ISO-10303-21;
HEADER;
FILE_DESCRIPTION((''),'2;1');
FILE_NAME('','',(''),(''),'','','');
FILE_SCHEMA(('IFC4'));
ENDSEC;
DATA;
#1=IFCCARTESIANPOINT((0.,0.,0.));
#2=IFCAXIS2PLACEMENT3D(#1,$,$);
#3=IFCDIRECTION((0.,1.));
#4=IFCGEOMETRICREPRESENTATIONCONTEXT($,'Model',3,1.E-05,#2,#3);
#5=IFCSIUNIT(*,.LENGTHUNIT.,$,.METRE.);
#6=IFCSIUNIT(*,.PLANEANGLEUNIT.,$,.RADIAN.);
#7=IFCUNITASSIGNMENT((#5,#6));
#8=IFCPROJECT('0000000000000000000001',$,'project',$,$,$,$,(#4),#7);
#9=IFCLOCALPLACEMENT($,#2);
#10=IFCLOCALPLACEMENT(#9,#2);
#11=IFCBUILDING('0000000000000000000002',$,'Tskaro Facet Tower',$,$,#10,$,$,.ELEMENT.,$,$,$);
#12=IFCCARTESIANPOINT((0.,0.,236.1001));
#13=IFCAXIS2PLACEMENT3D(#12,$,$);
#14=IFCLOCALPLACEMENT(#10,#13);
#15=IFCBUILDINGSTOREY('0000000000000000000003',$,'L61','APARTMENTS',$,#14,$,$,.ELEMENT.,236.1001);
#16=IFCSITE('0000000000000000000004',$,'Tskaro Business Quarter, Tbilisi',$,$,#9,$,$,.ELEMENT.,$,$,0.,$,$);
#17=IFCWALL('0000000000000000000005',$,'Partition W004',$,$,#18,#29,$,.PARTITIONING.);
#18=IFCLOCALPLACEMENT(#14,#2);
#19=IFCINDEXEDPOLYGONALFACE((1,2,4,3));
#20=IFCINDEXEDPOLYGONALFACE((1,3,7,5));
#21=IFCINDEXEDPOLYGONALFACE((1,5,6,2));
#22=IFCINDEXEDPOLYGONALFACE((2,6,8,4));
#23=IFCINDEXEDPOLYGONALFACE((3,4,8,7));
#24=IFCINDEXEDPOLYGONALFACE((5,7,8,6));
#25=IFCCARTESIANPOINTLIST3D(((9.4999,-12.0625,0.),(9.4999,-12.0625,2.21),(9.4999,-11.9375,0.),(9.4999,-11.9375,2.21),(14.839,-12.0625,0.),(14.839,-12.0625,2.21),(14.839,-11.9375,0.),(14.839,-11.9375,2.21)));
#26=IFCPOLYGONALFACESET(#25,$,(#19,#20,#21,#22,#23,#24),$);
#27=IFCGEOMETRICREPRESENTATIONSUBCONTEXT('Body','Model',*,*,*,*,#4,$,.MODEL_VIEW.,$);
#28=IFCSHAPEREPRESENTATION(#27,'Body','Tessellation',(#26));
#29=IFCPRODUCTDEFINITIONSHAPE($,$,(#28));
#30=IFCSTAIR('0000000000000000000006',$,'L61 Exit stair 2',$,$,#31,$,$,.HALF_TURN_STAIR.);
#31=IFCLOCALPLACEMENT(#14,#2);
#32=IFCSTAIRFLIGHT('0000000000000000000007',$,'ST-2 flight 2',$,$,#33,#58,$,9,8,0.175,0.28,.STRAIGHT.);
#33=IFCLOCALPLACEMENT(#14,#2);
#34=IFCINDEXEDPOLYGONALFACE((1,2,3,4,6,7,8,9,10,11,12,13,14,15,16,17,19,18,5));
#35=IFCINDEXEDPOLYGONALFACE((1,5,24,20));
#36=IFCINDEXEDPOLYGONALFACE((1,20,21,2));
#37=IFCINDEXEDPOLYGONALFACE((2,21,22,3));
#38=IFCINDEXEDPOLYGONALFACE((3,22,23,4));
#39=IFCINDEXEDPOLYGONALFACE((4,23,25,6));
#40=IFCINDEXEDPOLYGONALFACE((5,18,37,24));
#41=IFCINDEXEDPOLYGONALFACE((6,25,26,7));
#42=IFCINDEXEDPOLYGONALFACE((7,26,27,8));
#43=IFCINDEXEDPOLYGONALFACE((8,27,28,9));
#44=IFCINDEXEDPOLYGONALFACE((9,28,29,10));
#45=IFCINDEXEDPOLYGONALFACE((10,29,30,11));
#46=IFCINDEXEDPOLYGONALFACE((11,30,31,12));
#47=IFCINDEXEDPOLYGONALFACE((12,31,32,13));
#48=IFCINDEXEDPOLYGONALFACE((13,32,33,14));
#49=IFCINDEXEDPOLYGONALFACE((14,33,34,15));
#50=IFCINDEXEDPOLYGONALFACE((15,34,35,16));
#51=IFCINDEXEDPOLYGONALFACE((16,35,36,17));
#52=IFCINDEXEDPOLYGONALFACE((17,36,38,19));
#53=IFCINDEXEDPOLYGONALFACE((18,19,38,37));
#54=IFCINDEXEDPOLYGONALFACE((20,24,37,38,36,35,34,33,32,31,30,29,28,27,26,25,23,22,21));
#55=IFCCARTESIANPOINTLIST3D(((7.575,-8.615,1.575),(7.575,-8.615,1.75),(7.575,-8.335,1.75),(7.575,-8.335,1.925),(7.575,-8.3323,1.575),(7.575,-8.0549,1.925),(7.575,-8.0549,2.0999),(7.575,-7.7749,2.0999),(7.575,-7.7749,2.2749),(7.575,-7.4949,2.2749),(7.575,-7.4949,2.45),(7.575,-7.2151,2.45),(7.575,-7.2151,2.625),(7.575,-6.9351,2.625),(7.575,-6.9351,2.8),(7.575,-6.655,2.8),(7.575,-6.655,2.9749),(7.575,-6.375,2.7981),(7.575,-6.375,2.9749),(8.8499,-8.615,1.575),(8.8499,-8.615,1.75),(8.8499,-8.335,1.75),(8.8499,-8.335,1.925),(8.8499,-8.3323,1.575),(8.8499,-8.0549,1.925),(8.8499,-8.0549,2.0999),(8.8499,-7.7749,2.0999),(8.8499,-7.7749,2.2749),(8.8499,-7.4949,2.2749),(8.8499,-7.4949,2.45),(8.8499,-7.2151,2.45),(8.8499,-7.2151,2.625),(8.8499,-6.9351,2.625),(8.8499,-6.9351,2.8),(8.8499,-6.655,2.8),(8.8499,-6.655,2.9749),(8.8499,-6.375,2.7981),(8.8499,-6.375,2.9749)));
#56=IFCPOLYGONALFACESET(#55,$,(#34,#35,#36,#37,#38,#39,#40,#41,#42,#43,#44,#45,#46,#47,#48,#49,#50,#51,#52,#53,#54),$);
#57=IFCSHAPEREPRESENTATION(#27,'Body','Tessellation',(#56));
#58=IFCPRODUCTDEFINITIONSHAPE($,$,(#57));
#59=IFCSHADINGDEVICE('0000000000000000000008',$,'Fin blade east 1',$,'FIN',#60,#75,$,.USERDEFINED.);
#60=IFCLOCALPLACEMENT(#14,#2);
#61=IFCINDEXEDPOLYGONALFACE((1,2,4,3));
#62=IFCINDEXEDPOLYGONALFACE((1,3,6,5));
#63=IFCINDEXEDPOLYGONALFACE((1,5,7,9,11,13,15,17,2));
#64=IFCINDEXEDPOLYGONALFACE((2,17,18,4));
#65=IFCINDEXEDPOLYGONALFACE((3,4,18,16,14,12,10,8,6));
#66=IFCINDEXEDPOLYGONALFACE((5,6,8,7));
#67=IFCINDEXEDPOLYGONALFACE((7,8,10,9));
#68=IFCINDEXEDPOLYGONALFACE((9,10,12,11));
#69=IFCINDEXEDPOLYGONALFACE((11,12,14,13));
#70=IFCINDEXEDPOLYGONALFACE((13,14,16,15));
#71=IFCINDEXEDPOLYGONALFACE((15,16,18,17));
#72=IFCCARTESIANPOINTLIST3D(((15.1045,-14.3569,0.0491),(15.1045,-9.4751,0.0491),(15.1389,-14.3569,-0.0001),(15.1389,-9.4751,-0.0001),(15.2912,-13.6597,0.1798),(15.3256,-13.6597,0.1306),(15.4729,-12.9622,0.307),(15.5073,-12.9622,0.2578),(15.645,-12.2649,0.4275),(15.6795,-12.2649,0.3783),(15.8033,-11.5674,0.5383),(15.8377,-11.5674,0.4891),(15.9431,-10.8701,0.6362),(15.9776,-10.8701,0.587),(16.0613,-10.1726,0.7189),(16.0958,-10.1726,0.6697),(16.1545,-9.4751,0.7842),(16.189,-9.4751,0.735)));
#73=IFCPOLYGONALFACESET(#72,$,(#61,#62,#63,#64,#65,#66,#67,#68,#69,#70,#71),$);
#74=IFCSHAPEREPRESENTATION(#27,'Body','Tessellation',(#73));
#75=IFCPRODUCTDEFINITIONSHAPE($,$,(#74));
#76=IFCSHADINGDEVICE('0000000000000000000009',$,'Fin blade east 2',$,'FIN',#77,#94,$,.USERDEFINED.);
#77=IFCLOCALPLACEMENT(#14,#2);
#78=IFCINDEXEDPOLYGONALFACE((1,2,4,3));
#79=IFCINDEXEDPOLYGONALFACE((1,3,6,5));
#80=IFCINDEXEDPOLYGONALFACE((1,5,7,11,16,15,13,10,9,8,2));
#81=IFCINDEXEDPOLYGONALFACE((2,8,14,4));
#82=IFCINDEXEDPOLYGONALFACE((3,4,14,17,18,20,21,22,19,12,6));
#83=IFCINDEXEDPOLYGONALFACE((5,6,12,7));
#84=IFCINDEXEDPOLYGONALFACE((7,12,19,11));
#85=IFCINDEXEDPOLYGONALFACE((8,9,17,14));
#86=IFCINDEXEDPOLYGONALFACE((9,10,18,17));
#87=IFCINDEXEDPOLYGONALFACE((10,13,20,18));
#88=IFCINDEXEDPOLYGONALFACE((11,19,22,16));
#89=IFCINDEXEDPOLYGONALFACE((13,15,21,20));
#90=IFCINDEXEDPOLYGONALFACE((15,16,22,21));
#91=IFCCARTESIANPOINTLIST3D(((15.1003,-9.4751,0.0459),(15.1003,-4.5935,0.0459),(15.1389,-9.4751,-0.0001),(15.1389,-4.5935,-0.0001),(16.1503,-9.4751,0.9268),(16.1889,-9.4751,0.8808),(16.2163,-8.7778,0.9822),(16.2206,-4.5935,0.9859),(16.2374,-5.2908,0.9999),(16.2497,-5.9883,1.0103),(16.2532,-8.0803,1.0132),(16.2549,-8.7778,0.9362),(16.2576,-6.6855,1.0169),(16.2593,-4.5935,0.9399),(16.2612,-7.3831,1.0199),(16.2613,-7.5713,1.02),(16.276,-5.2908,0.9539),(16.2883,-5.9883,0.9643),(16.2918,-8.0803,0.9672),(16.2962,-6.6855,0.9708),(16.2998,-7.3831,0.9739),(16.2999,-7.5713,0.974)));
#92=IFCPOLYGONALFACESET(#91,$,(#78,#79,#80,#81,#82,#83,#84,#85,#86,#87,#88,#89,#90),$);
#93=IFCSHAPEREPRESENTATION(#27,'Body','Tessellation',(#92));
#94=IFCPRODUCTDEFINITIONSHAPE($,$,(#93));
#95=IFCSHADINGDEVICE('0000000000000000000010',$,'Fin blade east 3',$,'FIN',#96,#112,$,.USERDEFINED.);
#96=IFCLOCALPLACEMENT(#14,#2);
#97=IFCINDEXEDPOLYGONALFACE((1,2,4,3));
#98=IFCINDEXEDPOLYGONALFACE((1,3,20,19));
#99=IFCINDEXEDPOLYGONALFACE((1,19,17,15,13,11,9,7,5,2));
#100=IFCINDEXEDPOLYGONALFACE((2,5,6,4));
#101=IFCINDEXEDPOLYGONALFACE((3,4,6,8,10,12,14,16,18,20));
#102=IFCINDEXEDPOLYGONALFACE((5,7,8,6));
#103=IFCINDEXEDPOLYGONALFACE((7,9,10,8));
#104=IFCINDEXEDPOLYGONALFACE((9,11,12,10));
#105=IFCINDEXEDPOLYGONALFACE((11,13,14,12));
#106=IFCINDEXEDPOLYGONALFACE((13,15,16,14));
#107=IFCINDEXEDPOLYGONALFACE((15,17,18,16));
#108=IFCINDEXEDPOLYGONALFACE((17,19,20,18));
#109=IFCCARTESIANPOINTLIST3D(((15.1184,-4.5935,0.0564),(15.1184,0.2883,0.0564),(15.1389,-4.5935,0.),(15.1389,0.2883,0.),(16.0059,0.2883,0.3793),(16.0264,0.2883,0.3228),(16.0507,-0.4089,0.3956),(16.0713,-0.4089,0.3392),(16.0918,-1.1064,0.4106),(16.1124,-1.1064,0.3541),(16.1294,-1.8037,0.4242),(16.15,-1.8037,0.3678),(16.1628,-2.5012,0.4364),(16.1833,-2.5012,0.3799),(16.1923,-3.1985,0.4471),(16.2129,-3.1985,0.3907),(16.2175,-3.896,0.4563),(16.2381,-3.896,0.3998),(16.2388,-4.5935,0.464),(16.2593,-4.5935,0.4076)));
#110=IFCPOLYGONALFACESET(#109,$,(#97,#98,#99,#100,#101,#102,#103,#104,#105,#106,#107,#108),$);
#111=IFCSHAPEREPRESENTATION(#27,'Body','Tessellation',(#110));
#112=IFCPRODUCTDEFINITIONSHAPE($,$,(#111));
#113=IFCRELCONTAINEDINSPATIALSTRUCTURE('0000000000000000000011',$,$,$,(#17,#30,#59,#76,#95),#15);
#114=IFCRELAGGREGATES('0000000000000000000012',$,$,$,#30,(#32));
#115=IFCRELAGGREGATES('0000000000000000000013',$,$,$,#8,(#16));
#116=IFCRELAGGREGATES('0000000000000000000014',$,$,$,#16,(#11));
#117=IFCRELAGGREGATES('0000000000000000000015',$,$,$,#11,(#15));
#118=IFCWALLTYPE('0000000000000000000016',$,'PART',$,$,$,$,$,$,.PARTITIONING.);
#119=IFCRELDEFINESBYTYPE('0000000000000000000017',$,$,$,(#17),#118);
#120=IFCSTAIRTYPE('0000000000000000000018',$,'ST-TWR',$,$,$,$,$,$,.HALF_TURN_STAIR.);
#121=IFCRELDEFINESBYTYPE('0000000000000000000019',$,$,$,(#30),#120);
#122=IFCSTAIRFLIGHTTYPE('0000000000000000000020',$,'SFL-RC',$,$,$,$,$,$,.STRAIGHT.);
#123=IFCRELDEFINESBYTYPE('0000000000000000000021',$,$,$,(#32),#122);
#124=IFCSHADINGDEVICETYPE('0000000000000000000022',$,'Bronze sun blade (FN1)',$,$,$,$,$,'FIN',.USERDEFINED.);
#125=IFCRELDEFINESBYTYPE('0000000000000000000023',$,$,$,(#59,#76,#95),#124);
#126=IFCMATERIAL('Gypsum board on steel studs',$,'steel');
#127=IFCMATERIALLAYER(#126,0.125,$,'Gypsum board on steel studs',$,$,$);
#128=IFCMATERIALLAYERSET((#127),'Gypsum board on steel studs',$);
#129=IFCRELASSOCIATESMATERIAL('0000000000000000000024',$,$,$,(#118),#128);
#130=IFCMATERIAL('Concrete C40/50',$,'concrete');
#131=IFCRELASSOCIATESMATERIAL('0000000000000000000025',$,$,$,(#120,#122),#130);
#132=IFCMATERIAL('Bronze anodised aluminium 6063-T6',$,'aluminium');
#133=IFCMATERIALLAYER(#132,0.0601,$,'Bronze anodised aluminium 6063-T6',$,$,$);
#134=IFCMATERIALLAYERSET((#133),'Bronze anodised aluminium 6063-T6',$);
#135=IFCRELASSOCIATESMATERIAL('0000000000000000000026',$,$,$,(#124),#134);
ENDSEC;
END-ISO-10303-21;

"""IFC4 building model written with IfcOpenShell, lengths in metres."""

from ifc_helpers import new_model, si_unit, direction, frame, frame_2d, origin, place, context, subcontext, project, spatial, polyline, rectangle, outline, extrude, material, layer, layer_set, type_object, element, aggregate, save


model = new_model("IFC4")

# Units and contexts
model_context = context("Model", 3, precision=1e-05, world=origin(), true_north=direction((0.0, 1.0)))
body_context = subcontext(model_context, "Body", "Model", "MODEL_VIEW")
ifc_project = project(units=[si_unit("LENGTHUNIT", "METRE"), si_unit("PLANEANGLEUNIT", "RADIAN")], contexts=[model_context])

# Site, building, storey
site_placement = place(None, origin())
site = spatial("IfcSite", under=ifc_project, at=site_placement, Name="Tskaro Business Quarter, Tbilisi", CompositionType="ELEMENT", RefElevation=0.0)
building_placement = place(site_placement, origin())
building = spatial("IfcBuilding", under=site, at=building_placement, Name="Tskaro Facet Tower", CompositionType="ELEMENT")
storey_placement = place(building_placement, frame((0.0, 0.0, 236.1001)))
storey = spatial("IfcBuildingStorey", under=building, at=storey_placement, Name="L61", Description="APARTMENTS", CompositionType="ELEMENT", Elevation=236.1001)

# Shared definitions
ifc_material_1 = material(Name="Bronze anodised aluminium 6063-T6", Category="aluminium")

# Wall
ifc_material_2 = material(Name="Concrete C40/50", Category="concrete")
ifc_material_3 = material(Name="Gypsum board on steel studs", Category="steel")
ifc_layer_1 = layer(ifc_material_3, 0.125, Name="Gypsum board on steel studs")
ifc_layer_set_1 = layer_set([ifc_layer_1], Name="Gypsum board on steel studs")
wall_type_1 = type_object("IfcWallType", Name="PART", PredefinedType="PARTITIONING", material=ifc_layer_set_1)
wall_1_placement = place(storey_placement, frame((9.5, -12.0, 0.0), z_axis=(0.0, 0.0, 1.0), x_axis=(1.0, 0.0, 0.0)))
element("IfcWall", 1, at=wall_1_placement, inside=storey, type_object=wall_type_1, Name="Partition W004", PredefinedType="PARTITIONING", context=body_context, shape_type="SweptSolid", body=[
    extrude(rectangle(XDim=5.3391, YDim=0.125, at=frame_2d((2.6694, 0.0))), origin(), (0.0, 0.0, 1.0), 2.21),
])

# Stair, stair flight
stair_type = type_object("IfcStairType", Name="ST-TWR", PredefinedType="HALF_TURN_STAIR", material=ifc_material_2)
stair_placement = place(storey_placement, origin())
stair = element("IfcStair", 2, at=stair_placement, inside=storey, type_object=stair_type, Name="L61 Exit stair 2", PredefinedType="HALF_TURN_STAIR")
stair_flight_type = type_object("IfcStairFlightType", Name="SFL-RC", PredefinedType="STRAIGHT", material=ifc_material_2)
stair_flight_placement = place(storey_placement, frame((8.2124, -8.615, 1.575), z_axis=(0.0, 0.0, 1.0), x_axis=(0.0, 1.0, 0.0)))
stair_flight = element("IfcStairFlight", 3, at=stair_flight_placement, type_object=stair_flight_type, Name="ST-2 flight 2", NumberOfRisers=9, NumberOfTreads=8, PredefinedType="STRAIGHT", RiserHeight=0.175, TreadLength=0.28, context=body_context, shape_type="SweptSolid", body=[
    extrude(outline(polyline([(0.0, 0.0), (0.0, 0.175), (0.28, 0.175), (0.28, 0.3501), (0.5601, 0.3501), (0.5601, 0.5249), (0.8401, 0.5249), (0.8401, 0.7), (1.1201, 0.7), (1.1201, 0.875), (1.3999, 0.875), (1.3999, 1.05), (1.6799, 1.05), (1.6799, 1.2251), (1.96, 1.2251), (1.96, 1.3999), (2.24, 1.3999), (2.24, 1.575), (2.24, 1.2231), (0.2827, 0.0), (0.0, 0.0)])), frame((0.0, 0.6375, 0.0), z_axis=(0.0, -1.0, 0.0), x_axis=(1.0, 0.0, 0.0)), (0.0, 0.0, 1.0), 1.2749),
])
aggregate(stair, [stair_flight])

# Shading devices
ifc_layer_2 = layer(ifc_material_1, 0.0601, Name="Bronze anodised aluminium 6063-T6")
ifc_layer_set_2 = layer_set([ifc_layer_2], Name="Bronze anodised aluminium 6063-T6")
shading_device_type = type_object("IfcShadingDeviceType", Name="Bronze sun blade (FN1)", ElementType="FIN", PredefinedType="USERDEFINED", material=ifc_layer_set_2)
shading_device_1_placement = place(storey_placement, frame((15.1045, -14.3569, 0.0491), z_axis=(-0.573506, -0.000002, 0.819201), x_axis=(-0.000001, 1.0, 0.000002)))
element("IfcShadingDevice", 4, at=shading_device_1_placement, inside=storey, type_object=shading_device_type, Name="Fin blade east 1", ObjectType="FIN", PredefinedType="USERDEFINED", context=body_context, shape_type="SweptSolid", body=[
    extrude(outline(polyline([(0.0, 0.0), (4.8818, 0.0), (4.8818, -1.2818), (4.1843, -1.168), (3.4868, -1.0237), (2.7896, -0.853), (2.092, -0.6598), (1.3948, -0.4497), (0.6973, -0.2279), (0.0, 0.0)])), origin(), (0.0, 0.0, -1.0), 0.0601),
])
shading_device_2_placement = place(storey_placement, frame((15.1003, -9.4751, 0.0459), z_axis=(-0.642752, -0.000007, 0.766074), x_axis=(-0.000005, 1.0, 0.000005)))
element("IfcShadingDevice", 5, at=shading_device_2_placement, inside=storey, type_object=shading_device_type, Name="Fin blade east 2", ObjectType="FIN", PredefinedType="USERDEFINED", context=body_context, shape_type="SweptSolid", body=[
    extrude(outline(polyline([(0.0, 0.0), (4.8816, 0.0), (4.8816, -1.4624), (4.1843, -1.4842), (3.4868, -1.5004), (2.7896, -1.5106), (2.092, -1.5153), (1.9038, -1.5154), (1.3948, -1.5049), (0.6973, -1.4567), (0.0, -1.3706), (0.0, 0.0)])), origin(), (0.0, 0.0, -1.0), 0.0601),
])
shading_device_3_placement = place(storey_placement, frame((15.1184, -4.5935, 0.0564), z_axis=(-0.341899, 0.0, 0.939737), x_axis=(0.0, 1.0, 0.0)))
element("IfcShadingDevice", 6, at=shading_device_3_placement, inside=storey, type_object=shading_device_type, Name="Fin blade east 3", ObjectType="FIN", PredefinedType="USERDEFINED", context=body_context, shape_type="SweptSolid", body=[
    extrude(outline(polyline([(0.0, 0.0), (4.8818, 0.0), (4.8818, -0.9444), (4.1846, -0.9921), (3.4871, -1.0358), (2.7898, -1.0759), (2.0923, -1.1114), (1.395, -1.1428), (0.6975, -1.1696), (0.0, -1.1922), (0.0, 0.0)])), origin(), (0.0, 0.0, -1.0), 0.0601),
])

save(model, "model.ifc")
